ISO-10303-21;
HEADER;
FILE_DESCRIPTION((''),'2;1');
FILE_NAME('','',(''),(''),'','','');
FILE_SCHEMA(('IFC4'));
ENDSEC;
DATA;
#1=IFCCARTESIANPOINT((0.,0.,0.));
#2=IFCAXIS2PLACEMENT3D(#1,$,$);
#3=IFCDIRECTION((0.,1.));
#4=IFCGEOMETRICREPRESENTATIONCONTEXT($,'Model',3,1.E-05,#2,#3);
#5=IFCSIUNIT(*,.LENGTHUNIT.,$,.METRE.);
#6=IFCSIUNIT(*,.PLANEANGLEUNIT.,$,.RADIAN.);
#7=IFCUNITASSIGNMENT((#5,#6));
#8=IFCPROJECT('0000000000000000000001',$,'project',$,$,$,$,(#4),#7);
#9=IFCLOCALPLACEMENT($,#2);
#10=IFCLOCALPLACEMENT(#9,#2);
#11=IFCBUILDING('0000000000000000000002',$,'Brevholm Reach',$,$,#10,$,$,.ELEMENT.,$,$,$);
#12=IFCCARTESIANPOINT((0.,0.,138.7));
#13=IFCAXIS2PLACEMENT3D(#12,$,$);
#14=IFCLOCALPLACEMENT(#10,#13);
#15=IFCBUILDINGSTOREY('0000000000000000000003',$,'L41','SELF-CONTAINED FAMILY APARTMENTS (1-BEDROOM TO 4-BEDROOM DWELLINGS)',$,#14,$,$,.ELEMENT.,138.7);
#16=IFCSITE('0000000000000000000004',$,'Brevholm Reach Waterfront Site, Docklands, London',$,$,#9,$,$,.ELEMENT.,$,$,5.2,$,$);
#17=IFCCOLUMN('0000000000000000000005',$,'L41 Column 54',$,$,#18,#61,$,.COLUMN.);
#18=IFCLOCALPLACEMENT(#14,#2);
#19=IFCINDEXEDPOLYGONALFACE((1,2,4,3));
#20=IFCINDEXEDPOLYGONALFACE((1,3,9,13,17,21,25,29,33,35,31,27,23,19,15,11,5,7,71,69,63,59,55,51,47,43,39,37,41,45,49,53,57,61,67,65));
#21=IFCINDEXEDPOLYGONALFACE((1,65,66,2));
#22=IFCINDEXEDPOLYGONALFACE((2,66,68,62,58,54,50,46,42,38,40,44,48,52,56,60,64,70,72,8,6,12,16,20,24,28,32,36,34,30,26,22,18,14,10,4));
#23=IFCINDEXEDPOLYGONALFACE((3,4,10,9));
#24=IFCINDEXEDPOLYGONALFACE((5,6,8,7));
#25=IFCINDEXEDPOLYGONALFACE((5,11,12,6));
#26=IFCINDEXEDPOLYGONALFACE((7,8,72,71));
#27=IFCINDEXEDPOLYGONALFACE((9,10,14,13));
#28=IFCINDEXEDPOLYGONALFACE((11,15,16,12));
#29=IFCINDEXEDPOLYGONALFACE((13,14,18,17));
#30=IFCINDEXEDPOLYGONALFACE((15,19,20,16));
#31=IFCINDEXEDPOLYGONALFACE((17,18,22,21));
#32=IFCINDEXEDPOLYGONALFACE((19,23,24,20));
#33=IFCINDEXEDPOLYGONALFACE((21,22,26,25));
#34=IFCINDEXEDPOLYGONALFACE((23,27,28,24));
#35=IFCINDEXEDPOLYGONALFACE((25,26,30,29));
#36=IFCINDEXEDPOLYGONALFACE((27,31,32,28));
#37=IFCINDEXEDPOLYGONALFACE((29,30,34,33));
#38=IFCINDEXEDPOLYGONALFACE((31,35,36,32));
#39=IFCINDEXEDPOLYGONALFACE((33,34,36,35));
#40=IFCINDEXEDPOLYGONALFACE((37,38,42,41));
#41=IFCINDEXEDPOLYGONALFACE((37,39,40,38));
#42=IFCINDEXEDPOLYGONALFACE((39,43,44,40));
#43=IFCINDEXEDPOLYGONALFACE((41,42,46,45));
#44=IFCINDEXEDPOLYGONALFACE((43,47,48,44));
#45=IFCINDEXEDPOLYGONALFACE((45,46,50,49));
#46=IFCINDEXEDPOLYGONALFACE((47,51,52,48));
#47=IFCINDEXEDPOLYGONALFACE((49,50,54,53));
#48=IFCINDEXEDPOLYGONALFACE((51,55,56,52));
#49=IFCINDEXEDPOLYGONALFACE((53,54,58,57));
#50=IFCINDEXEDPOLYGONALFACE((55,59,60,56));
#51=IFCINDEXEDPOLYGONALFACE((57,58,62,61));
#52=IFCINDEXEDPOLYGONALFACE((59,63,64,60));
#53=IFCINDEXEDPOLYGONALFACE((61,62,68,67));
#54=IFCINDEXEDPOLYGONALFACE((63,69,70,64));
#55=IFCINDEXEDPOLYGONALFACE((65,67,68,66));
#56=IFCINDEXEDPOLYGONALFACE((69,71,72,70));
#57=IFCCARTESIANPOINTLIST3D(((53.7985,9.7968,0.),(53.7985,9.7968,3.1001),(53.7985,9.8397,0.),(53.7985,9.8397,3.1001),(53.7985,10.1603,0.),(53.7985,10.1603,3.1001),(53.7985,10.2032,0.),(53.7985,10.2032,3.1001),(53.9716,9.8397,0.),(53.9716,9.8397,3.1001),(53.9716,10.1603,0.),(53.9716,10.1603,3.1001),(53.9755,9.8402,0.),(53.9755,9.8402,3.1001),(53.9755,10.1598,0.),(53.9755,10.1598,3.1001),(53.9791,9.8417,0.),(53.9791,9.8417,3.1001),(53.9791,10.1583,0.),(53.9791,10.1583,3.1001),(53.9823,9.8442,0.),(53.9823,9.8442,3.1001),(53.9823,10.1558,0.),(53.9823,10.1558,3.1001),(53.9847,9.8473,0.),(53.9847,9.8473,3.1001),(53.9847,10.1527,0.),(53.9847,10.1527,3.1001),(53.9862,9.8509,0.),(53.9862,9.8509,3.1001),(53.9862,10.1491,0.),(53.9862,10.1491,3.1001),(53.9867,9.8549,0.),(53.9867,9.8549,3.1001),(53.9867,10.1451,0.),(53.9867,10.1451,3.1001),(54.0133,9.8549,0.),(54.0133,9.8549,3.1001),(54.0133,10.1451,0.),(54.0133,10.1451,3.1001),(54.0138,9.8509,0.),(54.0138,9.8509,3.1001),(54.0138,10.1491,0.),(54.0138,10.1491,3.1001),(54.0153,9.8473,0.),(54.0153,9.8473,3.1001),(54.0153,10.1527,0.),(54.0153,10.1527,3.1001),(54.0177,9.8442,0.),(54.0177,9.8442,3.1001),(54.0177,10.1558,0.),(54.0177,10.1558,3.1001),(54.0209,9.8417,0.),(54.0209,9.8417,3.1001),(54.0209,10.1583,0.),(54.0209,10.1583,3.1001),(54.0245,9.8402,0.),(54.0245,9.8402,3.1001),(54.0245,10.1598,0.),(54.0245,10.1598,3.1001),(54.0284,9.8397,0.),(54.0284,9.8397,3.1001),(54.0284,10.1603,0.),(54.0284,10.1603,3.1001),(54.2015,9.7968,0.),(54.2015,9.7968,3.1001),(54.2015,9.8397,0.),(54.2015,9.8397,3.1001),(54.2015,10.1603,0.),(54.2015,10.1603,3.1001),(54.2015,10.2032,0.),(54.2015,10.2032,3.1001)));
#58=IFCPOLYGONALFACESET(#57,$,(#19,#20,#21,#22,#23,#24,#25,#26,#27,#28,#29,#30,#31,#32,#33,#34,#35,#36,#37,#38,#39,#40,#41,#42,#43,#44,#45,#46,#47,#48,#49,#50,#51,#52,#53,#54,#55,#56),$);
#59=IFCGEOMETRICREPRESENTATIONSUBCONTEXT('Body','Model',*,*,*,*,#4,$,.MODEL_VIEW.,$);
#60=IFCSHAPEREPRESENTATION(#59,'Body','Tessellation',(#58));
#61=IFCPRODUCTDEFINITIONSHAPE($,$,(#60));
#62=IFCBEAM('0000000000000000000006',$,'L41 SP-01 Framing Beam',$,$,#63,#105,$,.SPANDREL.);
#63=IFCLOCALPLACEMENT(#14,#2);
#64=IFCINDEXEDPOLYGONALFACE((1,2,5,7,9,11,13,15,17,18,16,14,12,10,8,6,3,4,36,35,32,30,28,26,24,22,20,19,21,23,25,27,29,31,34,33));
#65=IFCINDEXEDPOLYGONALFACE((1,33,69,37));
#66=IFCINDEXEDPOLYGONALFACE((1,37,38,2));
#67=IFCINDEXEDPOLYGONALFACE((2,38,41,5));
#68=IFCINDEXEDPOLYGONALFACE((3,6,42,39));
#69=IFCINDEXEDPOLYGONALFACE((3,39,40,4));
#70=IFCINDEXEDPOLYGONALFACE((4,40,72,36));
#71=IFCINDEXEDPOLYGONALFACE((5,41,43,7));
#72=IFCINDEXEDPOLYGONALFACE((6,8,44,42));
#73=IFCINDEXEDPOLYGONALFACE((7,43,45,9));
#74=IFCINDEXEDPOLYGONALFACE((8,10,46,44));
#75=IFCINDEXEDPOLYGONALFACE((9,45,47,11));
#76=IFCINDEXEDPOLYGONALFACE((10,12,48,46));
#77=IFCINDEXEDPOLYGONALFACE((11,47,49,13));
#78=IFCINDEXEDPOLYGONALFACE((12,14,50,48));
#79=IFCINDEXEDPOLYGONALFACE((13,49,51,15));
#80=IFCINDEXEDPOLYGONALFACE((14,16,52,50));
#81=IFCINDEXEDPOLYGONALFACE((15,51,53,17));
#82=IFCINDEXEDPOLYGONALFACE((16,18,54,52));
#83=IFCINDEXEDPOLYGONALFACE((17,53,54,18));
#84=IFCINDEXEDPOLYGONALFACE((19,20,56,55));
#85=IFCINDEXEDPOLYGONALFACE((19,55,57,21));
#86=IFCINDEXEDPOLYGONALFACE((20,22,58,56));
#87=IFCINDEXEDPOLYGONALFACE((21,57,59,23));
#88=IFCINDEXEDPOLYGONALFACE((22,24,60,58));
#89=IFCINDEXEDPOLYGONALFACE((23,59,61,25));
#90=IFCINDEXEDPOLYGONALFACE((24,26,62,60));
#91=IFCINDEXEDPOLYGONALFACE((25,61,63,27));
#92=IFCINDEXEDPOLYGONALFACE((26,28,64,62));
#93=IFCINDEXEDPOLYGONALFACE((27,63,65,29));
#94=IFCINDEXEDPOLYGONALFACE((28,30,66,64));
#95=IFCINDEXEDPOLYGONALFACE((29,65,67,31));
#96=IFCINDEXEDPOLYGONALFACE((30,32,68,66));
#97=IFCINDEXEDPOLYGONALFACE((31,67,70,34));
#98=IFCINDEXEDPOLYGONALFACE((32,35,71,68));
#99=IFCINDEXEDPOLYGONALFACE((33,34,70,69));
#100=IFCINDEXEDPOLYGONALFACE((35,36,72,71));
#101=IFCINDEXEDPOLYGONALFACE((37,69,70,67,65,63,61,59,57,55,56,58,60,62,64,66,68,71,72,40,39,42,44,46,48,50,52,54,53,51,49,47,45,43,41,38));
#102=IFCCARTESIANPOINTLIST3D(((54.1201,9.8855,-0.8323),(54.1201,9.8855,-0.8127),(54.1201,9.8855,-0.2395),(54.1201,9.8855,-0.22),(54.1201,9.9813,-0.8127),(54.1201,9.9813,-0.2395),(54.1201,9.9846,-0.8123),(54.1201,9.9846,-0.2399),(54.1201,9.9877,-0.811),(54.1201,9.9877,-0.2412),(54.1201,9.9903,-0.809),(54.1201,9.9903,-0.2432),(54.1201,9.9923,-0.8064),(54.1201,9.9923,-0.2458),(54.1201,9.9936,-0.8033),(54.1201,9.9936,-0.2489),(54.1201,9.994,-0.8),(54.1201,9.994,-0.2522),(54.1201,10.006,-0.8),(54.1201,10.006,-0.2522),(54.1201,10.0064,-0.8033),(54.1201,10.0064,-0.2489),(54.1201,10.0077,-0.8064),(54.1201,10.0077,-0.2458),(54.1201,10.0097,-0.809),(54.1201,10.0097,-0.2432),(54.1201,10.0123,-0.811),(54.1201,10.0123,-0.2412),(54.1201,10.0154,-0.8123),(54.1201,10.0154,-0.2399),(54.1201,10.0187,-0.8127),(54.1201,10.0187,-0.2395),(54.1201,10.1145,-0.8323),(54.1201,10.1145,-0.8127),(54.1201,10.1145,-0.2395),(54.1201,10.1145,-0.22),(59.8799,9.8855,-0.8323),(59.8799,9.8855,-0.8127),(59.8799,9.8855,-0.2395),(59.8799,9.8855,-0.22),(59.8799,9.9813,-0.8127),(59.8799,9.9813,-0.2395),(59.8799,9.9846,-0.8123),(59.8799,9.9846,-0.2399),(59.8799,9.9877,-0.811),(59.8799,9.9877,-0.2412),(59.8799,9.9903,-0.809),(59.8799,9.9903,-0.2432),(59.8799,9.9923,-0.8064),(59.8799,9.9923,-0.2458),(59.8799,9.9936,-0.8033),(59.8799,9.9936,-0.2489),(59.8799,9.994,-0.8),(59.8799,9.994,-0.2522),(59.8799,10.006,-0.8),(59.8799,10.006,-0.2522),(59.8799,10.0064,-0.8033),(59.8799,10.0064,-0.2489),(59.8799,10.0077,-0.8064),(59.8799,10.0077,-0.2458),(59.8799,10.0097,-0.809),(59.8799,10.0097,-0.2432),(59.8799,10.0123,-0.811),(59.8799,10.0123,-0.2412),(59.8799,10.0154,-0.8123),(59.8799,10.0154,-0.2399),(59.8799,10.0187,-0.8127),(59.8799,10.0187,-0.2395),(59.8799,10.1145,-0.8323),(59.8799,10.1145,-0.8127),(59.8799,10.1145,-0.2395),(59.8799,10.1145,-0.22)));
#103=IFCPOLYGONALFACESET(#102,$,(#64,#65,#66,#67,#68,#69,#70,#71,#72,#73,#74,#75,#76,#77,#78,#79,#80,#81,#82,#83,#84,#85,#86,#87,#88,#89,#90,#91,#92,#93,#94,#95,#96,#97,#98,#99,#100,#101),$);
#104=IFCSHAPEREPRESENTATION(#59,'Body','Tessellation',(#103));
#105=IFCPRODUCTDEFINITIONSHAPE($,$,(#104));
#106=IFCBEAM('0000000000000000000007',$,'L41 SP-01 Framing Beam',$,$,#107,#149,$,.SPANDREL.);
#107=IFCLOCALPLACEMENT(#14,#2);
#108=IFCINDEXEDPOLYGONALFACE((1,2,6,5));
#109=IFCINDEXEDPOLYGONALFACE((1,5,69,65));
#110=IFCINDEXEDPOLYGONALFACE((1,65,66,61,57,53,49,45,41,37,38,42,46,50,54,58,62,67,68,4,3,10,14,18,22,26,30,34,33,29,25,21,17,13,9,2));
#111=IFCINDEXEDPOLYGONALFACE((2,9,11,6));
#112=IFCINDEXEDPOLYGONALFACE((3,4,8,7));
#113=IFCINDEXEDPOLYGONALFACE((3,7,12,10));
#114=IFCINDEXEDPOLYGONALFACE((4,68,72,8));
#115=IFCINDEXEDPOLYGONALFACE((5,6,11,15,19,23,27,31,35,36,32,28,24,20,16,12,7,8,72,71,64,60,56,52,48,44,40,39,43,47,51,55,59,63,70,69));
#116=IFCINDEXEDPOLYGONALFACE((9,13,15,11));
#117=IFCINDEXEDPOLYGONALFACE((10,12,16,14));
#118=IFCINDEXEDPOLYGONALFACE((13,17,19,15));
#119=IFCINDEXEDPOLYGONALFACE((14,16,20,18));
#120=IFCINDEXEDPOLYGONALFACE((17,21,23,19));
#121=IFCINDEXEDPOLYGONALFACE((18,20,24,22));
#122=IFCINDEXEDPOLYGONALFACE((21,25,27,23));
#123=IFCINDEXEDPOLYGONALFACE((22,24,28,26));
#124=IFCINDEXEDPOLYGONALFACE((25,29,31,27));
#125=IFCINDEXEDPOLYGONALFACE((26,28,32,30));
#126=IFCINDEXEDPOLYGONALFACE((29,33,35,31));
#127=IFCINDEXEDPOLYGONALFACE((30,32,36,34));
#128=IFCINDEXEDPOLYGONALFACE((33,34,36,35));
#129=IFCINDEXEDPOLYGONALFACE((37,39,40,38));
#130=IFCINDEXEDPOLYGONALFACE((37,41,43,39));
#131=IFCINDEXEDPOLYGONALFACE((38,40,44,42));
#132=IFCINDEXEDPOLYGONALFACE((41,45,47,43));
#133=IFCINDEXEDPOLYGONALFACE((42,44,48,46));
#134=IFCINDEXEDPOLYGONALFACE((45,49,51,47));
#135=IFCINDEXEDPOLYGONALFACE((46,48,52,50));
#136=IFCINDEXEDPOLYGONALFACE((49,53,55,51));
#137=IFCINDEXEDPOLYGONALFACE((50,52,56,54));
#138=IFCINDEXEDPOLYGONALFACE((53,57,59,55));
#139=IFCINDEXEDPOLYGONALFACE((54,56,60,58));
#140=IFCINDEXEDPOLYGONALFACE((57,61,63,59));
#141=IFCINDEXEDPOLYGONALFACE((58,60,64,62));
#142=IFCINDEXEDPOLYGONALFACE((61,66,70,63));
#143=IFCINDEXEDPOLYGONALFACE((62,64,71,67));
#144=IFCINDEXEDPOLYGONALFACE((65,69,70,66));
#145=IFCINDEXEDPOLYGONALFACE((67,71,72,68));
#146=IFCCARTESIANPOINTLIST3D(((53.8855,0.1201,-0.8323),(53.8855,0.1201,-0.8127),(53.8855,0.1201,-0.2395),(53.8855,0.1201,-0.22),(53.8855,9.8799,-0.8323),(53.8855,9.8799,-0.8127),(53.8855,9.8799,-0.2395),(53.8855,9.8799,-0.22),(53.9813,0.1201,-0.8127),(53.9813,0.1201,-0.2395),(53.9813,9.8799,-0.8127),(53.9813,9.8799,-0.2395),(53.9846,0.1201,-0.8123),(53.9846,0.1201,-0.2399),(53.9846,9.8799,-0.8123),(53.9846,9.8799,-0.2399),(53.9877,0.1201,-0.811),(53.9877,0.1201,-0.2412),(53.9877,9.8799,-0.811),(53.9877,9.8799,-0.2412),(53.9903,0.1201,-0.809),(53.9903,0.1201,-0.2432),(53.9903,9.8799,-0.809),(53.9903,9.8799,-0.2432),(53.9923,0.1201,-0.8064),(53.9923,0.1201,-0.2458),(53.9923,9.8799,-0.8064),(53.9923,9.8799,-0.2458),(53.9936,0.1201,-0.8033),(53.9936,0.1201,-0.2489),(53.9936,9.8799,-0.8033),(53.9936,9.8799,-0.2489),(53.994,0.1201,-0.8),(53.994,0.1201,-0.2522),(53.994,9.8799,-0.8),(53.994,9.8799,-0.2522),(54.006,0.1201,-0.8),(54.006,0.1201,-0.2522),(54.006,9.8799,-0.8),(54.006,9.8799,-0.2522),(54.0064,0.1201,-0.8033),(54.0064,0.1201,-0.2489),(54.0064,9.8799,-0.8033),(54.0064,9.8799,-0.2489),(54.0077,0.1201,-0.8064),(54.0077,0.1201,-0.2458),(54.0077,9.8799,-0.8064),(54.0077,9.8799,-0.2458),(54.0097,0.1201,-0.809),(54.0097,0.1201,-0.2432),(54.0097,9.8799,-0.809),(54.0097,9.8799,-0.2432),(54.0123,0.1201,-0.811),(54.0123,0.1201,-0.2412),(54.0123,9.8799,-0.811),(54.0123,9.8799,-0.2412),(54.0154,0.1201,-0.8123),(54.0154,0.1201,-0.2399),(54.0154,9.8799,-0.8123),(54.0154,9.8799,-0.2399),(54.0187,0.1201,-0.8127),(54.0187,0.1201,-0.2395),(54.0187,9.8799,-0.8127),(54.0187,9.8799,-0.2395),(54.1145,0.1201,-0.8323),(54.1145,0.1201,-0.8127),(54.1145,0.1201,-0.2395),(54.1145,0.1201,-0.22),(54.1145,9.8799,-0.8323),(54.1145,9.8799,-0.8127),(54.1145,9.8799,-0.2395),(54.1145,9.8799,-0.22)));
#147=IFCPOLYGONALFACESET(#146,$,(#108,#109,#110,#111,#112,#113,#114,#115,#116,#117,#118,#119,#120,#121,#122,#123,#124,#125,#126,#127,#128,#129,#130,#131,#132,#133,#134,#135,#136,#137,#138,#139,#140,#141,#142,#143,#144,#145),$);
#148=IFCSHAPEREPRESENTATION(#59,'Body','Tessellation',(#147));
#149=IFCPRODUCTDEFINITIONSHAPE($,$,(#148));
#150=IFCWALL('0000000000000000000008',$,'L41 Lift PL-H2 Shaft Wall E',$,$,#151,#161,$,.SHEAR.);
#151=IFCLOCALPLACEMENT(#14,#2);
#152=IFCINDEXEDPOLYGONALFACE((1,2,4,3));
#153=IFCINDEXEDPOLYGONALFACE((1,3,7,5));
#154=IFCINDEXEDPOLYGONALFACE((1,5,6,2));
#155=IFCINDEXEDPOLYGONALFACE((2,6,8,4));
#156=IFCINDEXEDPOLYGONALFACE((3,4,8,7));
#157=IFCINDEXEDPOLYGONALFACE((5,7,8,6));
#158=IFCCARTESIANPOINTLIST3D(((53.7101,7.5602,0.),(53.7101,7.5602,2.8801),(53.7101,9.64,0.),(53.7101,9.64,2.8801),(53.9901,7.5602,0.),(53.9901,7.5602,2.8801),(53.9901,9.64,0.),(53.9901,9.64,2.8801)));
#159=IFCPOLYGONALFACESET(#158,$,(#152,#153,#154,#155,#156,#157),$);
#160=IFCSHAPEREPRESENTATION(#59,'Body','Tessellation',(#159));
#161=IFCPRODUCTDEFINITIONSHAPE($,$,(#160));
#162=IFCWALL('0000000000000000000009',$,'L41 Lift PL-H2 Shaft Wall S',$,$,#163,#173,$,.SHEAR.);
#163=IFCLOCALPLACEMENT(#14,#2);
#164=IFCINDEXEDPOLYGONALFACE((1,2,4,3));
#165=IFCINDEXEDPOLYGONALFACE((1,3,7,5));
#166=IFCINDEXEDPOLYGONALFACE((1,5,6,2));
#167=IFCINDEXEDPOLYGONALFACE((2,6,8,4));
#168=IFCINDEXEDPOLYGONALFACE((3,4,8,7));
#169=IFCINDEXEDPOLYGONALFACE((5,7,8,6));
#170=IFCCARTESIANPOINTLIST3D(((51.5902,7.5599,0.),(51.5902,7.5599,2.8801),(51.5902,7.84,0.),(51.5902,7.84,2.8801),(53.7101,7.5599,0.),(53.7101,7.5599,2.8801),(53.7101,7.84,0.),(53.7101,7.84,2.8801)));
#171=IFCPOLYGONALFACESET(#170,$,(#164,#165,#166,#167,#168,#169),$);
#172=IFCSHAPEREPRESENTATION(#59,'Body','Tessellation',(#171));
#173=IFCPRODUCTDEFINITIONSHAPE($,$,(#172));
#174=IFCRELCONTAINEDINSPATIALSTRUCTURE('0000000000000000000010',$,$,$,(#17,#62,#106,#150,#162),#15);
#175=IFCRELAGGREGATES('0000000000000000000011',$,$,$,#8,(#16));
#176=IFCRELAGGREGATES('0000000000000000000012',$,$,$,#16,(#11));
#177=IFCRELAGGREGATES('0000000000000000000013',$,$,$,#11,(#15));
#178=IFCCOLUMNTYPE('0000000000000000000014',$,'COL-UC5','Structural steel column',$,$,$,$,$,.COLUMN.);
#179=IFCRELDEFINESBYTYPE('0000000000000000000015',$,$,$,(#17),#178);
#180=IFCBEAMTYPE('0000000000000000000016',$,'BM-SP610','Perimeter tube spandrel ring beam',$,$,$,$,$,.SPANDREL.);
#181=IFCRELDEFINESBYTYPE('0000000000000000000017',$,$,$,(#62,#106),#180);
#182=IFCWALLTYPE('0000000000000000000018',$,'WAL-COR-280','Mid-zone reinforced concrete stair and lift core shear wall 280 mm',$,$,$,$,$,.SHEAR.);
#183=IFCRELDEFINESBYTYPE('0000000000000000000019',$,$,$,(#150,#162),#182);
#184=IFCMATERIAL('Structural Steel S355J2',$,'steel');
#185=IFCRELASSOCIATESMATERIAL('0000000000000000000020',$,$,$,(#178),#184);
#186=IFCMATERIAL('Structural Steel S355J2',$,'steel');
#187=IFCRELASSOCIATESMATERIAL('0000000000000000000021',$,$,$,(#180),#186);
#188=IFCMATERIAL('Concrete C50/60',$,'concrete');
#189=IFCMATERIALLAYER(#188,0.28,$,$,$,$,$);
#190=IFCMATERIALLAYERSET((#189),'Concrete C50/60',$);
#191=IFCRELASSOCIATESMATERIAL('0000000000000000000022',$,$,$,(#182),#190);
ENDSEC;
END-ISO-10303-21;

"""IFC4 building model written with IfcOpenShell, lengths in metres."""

from ifc_helpers import new_model, si_unit, direction, frame, frame_2d, origin, origin_2d, place, context, subcontext, project, spatial, rectangle, i_section, extrude, material, layer, layer_set, material_profile, profile_set, type_object, element, save


model = new_model("IFC4")

# Units and contexts
model_context = context("Model", 3, precision=1e-05, world=origin(), true_north=direction((0.0, 1.0)))
body_context = subcontext(model_context, "Body", "Model", "MODEL_VIEW")
ifc_project = project(units=[si_unit("LENGTHUNIT", "METRE"), si_unit("PLANEANGLEUNIT", "RADIAN")], contexts=[model_context])

# Site, building, storey
site_placement = place(None, origin())
site = spatial("IfcSite", under=ifc_project, at=site_placement, Name="Brevholm Reach Waterfront Site, Docklands, London", CompositionType="ELEMENT", RefElevation=5.2)
building_placement = place(site_placement, origin())
building = spatial("IfcBuilding", under=site, at=building_placement, Name="Brevholm Reach", CompositionType="ELEMENT")
storey_placement = place(building_placement, frame((0.0, 0.0, 138.7)))
storey = spatial("IfcBuildingStorey", under=building, at=storey_placement, Name="L41", Description="SELF-CONTAINED FAMILY APARTMENTS (1-BEDROOM TO 4-BEDROOM DWELLINGS)", CompositionType="ELEMENT", Elevation=138.7)

# Column
ifc_material_1 = material(Name="Structural Steel S355J2", Category="steel")
ifc_material_profile_1 = material_profile(ifc_material_1, i_section(OverallWidth=0.4031, OverallDepth=0.4065, WebThickness=0.0266, FlangeThickness=0.043, FilletRadius=0.0151, at=origin_2d()), Name="UKC 356x406x340")
ifc_profile_set_1 = profile_set([ifc_material_profile_1], Name="Structural Steel S355J2")
column_type_1 = type_object("IfcColumnType", Name="COL-UC5", Description="Structural steel column", PredefinedType="COLUMN", material=ifc_profile_set_1)
column_1_placement = place(storey_placement, frame((54.0, 10.0, 0.0), z_axis=(0.0, 0.0, 1.0), x_axis=(1.0, 0.0, 0.0)))
element("IfcColumn", 1, at=column_1_placement, inside=storey, type_object=column_type_1, Name="L41 Column 54", PredefinedType="COLUMN", context=body_context, shape_type="SweptSolid", body=[
    extrude(i_section(OverallWidth=0.4031, OverallDepth=0.4065, WebThickness=0.0266, FlangeThickness=0.043, FilletRadius=0.0151, at=origin_2d()), origin(), (0.0, 0.0, 1.0), 3.1001),
])

# Beams
ifc_material_2 = material(Name="Structural Steel S355J2", Category="steel")
ifc_material_profile_2 = material_profile(ifc_material_2, i_section(OverallWidth=0.229, OverallDepth=0.6123, WebThickness=0.012, FlangeThickness=0.0195, FilletRadius=0.0127, at=origin_2d()), Name="UKB 610x229x125")
ifc_profile_set_2 = profile_set([ifc_material_profile_2], Name="Structural Steel S355J2")
beam_type = type_object("IfcBeamType", Name="BM-SP610", Description="Perimeter tube spandrel ring beam", PredefinedType="SPANDREL", material=ifc_profile_set_2)
beam_1_placement = place(storey_placement, frame((54.1201, 10.0, -0.5261), z_axis=(1.0, 0.0, 0.0), x_axis=(0.0, 1.0, 0.0)))
element("IfcBeam", 2, at=beam_1_placement, inside=storey, type_object=beam_type, Name="L41 SP-01 Framing Beam", PredefinedType="SPANDREL", context=body_context, shape_type="SweptSolid", body=[
    extrude(i_section(OverallWidth=0.229, OverallDepth=0.6123, WebThickness=0.012, FlangeThickness=0.0195, FilletRadius=0.0127, at=origin_2d()), origin(), (0.0, 0.0, 1.0), 5.7598),
])
beam_2_placement = place(storey_placement, frame((54.0, 0.1201, -0.5261), z_axis=(0.0, 1.0, 0.0), x_axis=(-1.0, 0.0, 0.0)))
element("IfcBeam", 3, at=beam_2_placement, inside=storey, type_object=beam_type, Name="L41 SP-01 Framing Beam", PredefinedType="SPANDREL", context=body_context, shape_type="SweptSolid", body=[
    extrude(i_section(OverallWidth=0.229, OverallDepth=0.6123, WebThickness=0.012, FlangeThickness=0.0195, FilletRadius=0.0127, at=origin_2d()), origin(), (0.0, 0.0, 1.0), 9.7598),
])

# Walls
ifc_material_3 = material(Name="Concrete C50/60", Category="concrete")
ifc_layer_1 = layer(ifc_material_3, 0.28)
ifc_layer_set_1 = layer_set([ifc_layer_1], Name="Concrete C50/60")
wall_type_1 = type_object("IfcWallType", Name="WAL-COR-280", Description="Mid-zone reinforced concrete stair and lift core shear wall 280 mm", PredefinedType="SHEAR", material=ifc_layer_set_1)
wall_1_placement = place(storey_placement, frame((53.8501, 7.5601, 0.0), z_axis=(0.0, 0.0, 1.0), x_axis=(0.0, 1.0, 0.0)))
element("IfcWall", 4, at=wall_1_placement, inside=storey, type_object=wall_type_1, Name="L41 Lift PL-H2 Shaft Wall E", PredefinedType="SHEAR", context=body_context, shape_type="SweptSolid", body=[
    extrude(rectangle(XDim=2.0798, YDim=0.28, at=frame_2d((1.04, 0.0))), origin(), (0.0, 0.0, 1.0), 2.8801),
])
wall_2_placement = place(storey_placement, frame((51.5901, 7.7, 0.0), z_axis=(0.0, 0.0, 1.0), x_axis=(1.0, 0.0, 0.0)))
element("IfcWall", 5, at=wall_2_placement, inside=storey, type_object=wall_type_1, Name="L41 Lift PL-H2 Shaft Wall S", PredefinedType="SHEAR", context=body_context, shape_type="SweptSolid", body=[
    extrude(rectangle(XDim=2.1199, YDim=0.28, at=frame_2d((1.0601, 0.0))), origin(), (0.0, 0.0, 1.0), 2.8801),
])

save(model, "model.ifc")
